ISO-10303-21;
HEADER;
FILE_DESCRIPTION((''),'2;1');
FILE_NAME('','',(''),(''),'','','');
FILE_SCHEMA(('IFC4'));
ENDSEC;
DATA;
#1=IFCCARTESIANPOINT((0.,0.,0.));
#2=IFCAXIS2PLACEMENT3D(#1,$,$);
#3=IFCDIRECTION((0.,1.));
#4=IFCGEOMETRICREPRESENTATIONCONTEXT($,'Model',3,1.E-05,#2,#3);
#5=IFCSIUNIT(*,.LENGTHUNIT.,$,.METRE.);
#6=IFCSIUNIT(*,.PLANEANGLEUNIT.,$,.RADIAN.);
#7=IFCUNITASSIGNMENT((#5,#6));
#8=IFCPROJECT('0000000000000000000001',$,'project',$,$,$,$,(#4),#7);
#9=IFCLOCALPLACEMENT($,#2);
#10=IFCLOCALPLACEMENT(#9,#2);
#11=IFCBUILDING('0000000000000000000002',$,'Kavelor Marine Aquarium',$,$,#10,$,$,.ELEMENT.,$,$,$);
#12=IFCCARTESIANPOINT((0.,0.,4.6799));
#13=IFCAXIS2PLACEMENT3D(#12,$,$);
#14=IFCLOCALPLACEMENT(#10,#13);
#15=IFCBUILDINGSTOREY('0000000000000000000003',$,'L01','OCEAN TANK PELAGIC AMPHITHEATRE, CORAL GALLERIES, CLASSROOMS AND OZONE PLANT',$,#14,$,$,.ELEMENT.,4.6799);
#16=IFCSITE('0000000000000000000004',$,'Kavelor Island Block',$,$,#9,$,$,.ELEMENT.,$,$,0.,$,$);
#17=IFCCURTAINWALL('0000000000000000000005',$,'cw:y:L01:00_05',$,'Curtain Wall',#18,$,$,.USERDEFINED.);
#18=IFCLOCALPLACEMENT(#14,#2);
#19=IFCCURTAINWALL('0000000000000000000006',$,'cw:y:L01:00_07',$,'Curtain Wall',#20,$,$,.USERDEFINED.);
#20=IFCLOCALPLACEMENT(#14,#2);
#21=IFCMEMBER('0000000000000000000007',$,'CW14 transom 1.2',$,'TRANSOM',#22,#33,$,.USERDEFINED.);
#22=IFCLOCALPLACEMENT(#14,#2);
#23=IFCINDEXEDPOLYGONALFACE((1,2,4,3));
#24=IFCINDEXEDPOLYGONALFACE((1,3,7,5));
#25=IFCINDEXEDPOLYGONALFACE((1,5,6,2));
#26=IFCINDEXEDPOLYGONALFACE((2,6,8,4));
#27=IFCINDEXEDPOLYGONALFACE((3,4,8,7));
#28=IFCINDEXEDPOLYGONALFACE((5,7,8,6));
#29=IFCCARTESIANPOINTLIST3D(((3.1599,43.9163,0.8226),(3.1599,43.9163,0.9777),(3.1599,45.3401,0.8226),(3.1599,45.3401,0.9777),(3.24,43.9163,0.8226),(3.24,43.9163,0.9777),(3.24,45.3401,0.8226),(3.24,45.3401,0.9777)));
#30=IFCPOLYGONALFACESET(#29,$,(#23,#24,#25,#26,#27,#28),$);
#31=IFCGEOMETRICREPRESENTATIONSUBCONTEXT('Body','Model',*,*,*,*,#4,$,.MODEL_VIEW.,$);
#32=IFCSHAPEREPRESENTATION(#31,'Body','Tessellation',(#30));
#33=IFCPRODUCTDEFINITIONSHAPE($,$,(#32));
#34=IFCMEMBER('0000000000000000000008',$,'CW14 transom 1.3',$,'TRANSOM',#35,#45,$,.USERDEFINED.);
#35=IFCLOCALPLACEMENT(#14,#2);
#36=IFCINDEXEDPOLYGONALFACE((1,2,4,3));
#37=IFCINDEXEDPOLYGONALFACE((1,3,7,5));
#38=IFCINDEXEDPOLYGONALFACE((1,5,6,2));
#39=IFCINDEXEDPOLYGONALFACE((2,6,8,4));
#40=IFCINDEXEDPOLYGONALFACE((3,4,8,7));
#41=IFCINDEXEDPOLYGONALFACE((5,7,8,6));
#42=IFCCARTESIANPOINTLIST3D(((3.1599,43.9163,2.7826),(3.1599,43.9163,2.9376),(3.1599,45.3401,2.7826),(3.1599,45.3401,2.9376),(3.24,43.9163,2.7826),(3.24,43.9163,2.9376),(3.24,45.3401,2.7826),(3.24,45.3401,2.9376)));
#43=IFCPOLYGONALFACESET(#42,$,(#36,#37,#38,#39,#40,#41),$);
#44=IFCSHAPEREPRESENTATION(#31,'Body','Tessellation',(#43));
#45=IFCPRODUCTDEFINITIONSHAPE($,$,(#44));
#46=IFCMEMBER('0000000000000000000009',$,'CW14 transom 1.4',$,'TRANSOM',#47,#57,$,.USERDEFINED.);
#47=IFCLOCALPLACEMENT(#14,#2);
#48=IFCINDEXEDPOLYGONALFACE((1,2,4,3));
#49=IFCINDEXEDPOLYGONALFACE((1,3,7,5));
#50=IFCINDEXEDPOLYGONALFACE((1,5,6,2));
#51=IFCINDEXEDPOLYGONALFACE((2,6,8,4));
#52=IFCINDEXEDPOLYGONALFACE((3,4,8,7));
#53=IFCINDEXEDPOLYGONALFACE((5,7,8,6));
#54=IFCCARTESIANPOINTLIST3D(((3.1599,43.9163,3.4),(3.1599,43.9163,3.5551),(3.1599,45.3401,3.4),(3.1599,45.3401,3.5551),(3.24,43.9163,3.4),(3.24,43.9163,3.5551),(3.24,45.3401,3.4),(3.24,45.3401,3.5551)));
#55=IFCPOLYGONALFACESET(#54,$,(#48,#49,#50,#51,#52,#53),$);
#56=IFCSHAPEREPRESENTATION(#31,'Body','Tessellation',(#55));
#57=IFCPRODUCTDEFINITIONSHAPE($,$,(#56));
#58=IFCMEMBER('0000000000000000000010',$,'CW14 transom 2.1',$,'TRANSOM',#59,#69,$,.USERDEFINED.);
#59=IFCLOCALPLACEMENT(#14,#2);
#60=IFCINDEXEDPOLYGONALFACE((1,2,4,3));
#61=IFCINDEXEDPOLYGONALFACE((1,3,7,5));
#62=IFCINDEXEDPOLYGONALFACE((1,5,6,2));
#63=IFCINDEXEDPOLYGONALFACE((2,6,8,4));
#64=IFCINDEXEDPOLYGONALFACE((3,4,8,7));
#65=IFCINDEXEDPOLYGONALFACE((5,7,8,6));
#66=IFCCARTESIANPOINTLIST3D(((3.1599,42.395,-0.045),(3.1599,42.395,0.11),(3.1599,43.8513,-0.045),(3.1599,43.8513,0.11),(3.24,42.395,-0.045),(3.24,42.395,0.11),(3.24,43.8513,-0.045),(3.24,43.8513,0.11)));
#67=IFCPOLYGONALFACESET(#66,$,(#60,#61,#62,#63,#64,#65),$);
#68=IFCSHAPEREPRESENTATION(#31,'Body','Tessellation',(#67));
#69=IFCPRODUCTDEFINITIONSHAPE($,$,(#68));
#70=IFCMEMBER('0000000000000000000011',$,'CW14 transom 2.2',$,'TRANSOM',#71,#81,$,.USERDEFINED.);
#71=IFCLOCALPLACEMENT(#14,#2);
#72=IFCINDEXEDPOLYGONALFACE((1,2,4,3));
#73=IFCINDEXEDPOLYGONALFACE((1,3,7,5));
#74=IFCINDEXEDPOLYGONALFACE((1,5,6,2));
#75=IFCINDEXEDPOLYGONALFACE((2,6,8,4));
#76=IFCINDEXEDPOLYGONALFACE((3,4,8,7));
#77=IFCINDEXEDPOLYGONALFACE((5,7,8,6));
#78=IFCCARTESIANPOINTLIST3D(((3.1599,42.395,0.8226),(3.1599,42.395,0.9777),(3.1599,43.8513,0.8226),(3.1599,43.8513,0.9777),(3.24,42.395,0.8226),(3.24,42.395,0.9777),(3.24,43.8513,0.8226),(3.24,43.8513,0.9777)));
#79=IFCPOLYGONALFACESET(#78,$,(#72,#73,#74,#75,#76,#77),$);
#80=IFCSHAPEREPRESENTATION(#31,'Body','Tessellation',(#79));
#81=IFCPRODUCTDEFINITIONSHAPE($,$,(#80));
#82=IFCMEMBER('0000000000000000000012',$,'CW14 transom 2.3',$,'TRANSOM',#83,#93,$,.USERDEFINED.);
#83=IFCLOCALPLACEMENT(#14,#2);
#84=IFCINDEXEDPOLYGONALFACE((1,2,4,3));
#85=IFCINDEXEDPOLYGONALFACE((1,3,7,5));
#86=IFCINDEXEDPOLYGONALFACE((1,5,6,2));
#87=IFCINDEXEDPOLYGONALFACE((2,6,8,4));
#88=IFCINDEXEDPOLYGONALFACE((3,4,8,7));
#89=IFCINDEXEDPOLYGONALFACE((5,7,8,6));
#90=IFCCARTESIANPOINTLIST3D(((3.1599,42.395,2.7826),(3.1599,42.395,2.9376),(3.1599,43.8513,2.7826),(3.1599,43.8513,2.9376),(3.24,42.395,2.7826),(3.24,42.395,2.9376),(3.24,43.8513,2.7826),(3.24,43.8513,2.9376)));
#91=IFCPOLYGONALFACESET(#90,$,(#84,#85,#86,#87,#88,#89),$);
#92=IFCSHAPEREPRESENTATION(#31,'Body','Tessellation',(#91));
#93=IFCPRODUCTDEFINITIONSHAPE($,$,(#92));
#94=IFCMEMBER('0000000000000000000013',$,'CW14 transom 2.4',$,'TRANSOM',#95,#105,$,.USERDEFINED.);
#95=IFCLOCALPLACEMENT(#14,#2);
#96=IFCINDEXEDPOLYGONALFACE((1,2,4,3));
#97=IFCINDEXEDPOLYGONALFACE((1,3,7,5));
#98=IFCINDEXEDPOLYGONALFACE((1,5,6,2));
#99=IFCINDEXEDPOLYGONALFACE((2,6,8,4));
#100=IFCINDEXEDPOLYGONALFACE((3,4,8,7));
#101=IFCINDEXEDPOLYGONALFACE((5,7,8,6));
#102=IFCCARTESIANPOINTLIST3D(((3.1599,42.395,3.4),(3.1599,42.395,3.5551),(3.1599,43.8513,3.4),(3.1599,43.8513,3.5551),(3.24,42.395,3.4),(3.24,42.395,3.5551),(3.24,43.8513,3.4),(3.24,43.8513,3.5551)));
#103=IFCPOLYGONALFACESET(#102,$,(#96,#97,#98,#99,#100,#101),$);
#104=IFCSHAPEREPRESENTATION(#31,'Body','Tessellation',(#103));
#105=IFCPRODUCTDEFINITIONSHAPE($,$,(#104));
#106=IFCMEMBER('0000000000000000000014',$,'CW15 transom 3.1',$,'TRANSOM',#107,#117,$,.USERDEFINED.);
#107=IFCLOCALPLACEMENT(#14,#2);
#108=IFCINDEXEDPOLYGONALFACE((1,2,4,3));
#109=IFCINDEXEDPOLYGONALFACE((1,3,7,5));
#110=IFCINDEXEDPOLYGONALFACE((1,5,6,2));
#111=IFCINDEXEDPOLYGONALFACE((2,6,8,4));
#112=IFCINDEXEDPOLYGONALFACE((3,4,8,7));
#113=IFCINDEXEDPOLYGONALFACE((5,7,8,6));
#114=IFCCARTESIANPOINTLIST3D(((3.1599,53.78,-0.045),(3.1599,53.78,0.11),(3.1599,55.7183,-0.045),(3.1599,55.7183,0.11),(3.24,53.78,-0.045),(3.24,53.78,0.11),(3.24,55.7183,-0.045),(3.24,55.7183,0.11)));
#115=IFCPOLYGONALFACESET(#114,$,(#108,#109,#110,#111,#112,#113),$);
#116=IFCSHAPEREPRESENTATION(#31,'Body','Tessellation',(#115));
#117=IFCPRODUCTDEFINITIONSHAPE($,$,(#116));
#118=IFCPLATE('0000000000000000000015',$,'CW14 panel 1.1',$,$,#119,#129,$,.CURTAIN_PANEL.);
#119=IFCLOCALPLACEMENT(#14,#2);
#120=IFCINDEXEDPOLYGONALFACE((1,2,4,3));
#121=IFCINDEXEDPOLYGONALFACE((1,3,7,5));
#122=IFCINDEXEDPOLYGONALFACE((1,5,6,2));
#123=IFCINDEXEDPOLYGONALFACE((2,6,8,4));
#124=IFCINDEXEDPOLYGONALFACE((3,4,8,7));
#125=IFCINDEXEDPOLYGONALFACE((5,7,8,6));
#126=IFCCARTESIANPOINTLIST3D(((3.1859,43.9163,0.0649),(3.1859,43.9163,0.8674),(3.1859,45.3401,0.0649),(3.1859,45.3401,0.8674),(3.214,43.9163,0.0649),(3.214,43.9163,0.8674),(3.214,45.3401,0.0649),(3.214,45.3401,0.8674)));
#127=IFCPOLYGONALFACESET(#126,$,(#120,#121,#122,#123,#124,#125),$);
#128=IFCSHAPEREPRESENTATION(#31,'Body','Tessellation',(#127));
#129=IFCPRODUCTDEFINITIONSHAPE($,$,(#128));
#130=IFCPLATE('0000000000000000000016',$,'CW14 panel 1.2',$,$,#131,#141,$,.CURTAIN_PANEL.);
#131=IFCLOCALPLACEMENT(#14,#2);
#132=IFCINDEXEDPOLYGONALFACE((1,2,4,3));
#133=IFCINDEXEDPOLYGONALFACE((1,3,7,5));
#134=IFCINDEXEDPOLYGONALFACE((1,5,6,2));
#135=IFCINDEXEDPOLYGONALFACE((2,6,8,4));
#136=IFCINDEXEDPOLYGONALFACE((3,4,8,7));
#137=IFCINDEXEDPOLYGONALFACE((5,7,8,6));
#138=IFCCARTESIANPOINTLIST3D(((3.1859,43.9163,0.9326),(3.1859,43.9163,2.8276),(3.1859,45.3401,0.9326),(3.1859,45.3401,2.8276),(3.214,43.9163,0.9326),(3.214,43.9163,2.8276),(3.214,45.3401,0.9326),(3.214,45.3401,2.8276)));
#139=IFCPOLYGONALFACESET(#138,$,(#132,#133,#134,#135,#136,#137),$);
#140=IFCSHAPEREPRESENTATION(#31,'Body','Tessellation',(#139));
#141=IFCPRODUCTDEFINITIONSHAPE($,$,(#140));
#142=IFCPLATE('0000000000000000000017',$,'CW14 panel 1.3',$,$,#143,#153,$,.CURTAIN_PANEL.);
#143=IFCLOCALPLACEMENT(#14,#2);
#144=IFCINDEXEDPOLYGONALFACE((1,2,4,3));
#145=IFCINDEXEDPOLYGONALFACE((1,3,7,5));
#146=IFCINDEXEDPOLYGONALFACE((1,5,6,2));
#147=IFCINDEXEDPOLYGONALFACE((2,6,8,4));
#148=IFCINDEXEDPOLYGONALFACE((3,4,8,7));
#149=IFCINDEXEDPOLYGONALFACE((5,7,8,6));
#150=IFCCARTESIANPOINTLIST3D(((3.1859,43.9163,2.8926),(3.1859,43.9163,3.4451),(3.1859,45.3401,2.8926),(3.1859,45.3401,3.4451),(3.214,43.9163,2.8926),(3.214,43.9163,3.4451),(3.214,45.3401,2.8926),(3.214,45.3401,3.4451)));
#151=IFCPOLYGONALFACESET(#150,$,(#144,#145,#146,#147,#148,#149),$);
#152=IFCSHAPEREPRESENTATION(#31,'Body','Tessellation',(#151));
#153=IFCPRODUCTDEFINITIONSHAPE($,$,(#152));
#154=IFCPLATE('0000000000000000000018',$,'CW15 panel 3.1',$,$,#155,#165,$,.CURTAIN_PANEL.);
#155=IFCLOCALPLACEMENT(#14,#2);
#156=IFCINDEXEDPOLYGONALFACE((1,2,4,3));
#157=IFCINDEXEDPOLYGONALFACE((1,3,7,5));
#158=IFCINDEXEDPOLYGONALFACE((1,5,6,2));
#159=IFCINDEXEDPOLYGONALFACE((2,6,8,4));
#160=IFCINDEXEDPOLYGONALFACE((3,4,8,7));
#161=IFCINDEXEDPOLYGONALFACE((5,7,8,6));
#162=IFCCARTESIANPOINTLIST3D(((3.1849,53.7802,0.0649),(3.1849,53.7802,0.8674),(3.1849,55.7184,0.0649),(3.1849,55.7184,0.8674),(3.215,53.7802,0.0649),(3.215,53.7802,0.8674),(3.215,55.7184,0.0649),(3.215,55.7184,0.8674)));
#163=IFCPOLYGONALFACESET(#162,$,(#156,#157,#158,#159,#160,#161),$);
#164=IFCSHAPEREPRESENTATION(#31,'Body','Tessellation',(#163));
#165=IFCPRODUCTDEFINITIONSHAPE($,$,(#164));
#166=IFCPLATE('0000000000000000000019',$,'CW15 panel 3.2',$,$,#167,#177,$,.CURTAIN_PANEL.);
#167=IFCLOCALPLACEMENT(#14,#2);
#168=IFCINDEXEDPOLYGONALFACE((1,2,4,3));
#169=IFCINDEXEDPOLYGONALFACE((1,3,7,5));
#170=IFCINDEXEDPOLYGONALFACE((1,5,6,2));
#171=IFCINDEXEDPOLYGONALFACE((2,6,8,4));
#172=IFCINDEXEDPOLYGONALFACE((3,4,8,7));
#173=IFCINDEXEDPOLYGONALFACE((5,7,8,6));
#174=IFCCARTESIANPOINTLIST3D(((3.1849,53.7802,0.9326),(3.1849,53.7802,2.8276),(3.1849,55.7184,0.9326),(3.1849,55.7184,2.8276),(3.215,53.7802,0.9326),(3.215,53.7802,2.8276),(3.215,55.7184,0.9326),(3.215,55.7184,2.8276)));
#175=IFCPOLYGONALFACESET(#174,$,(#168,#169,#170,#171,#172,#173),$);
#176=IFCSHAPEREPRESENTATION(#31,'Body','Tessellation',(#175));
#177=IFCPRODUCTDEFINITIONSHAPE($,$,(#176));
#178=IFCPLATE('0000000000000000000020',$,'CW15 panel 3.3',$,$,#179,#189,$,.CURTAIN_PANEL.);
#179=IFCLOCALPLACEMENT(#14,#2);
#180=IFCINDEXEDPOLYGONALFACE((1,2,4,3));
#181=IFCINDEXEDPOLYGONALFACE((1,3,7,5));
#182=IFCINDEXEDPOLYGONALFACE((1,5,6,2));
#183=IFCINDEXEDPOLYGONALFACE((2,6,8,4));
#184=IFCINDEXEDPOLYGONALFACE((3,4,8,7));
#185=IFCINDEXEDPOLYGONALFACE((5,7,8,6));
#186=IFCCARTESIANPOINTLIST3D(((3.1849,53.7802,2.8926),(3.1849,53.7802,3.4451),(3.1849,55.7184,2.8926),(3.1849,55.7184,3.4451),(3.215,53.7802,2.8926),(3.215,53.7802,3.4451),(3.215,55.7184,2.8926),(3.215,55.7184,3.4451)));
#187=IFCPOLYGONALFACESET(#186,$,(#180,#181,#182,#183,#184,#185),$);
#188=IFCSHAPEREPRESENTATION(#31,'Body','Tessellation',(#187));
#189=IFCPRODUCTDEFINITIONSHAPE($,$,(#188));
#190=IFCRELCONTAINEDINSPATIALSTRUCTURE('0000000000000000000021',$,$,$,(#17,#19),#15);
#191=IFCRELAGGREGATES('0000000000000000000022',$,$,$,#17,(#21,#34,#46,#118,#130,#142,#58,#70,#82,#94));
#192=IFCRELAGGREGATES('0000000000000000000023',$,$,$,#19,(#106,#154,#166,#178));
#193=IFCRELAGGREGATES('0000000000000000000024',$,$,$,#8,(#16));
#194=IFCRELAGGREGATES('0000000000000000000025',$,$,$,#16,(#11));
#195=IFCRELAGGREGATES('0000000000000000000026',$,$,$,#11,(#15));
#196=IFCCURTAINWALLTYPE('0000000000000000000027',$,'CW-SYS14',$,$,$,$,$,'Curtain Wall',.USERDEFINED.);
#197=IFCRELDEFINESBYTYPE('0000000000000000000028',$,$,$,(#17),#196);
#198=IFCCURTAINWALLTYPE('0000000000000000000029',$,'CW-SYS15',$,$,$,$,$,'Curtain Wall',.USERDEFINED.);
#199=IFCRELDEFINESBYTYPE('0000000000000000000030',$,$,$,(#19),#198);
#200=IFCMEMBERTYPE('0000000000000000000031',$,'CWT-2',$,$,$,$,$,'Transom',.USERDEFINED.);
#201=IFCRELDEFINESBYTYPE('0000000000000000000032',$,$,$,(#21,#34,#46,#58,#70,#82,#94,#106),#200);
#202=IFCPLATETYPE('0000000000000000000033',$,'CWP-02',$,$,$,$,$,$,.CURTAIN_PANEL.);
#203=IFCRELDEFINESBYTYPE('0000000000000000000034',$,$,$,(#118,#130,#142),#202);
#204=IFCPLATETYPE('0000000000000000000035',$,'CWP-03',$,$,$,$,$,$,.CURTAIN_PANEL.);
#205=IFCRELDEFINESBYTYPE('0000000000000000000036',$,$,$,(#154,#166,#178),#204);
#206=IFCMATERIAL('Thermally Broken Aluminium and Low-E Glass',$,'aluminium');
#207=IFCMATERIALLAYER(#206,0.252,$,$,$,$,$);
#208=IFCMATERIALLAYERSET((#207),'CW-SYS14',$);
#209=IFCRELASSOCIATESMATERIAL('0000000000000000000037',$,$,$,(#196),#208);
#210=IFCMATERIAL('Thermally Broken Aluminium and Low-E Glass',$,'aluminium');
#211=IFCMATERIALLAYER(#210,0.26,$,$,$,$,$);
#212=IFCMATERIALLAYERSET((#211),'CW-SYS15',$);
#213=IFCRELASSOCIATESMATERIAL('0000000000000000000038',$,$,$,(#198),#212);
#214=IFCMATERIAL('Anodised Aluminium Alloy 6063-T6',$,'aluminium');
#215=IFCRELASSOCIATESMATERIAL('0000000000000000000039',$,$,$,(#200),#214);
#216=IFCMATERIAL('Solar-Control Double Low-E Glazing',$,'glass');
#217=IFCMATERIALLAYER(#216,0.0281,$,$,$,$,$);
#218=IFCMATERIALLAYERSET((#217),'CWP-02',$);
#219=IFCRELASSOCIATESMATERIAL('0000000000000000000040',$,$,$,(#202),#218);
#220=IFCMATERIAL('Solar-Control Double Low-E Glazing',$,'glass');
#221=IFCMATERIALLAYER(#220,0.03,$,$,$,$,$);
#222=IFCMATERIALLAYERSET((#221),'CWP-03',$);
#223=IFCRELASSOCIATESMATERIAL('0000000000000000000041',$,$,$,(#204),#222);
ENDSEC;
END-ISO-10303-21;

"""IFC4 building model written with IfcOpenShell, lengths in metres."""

from ifc_helpers import new_model, si_unit, direction, frame, origin, origin_2d, place, context, subcontext, project, spatial, rectangle, extrude, material, layer, layer_set, material_profile, profile_set, type_object, element, aggregate, save


model = new_model("IFC4")

# Units and contexts
model_context = context("Model", 3, precision=1e-05, world=origin(), true_north=direction((0.0, 1.0)))
body_context = subcontext(model_context, "Body", "Model", "MODEL_VIEW")
ifc_project = project(units=[si_unit("LENGTHUNIT", "METRE"), si_unit("PLANEANGLEUNIT", "RADIAN")], contexts=[model_context])

# Site, building, storey
site_placement = place(None, origin())
site = spatial("IfcSite", under=ifc_project, at=site_placement, Name="Kavelor Island Block", CompositionType="ELEMENT", RefElevation=0.0)
building_placement = place(site_placement, origin())
building = spatial("IfcBuilding", under=site, at=building_placement, Name="Kavelor Marine Aquarium", CompositionType="ELEMENT")
storey_placement = place(building_placement, frame((0.0, 0.0, 4.6799)))
storey = spatial("IfcBuildingStorey", under=building, at=storey_placement, Name="L01", Description="OCEAN TANK PELAGIC AMPHITHEATRE, CORAL GALLERIES, CLASSROOMS AND OZONE PLANT", CompositionType="ELEMENT", Elevation=4.6799)

# Curtain wall
ifc_material_1 = material(Name="Thermally Broken Aluminium and Low-E Glass", Category="aluminium")
ifc_layer_1 = layer(ifc_material_1, 0.252)
ifc_layer_set_1 = layer_set([ifc_layer_1], Name="CW-SYS14")
curtain_wall_type_1 = type_object("IfcCurtainWallType", Name="CW-SYS14", ElementType="Curtain Wall", PredefinedType="USERDEFINED", material=ifc_layer_set_1)
curtain_wall_1_placement = place(storey_placement, origin())
curtain_wall_1 = element("IfcCurtainWall", 1, at=curtain_wall_1_placement, inside=storey, type_object=curtain_wall_type_1, Name="cw:y:L01:00_05", ObjectType="Curtain Wall", PredefinedType="USERDEFINED")

# Curtain wall
ifc_material_2 = material(Name="Thermally Broken Aluminium and Low-E Glass", Category="aluminium")
ifc_layer_2 = layer(ifc_material_2, 0.26)
ifc_layer_set_2 = layer_set([ifc_layer_2], Name="CW-SYS15")
curtain_wall_type_2 = type_object("IfcCurtainWallType", Name="CW-SYS15", ElementType="Curtain Wall", PredefinedType="USERDEFINED", material=ifc_layer_set_2)
curtain_wall_2_placement = place(storey_placement, origin())
curtain_wall_2 = element("IfcCurtainWall", 2, at=curtain_wall_2_placement, inside=storey, type_object=curtain_wall_type_2, Name="cw:y:L01:00_07", ObjectType="Curtain Wall", PredefinedType="USERDEFINED")

# Members
ifc_material_3 = material(Name="Anodised Aluminium Alloy 6063-T6", Category="aluminium")
ifc_material_profile_1 = material_profile(ifc_material_3, rectangle(XDim=0.0801, YDim=0.155, at=origin_2d()), Name="CW-TRN 80x155")
ifc_profile_set_1 = profile_set([ifc_material_profile_1], Name="Anodised Aluminium Alloy 6063-T6")
member_type_1 = type_object("IfcMemberType", Name="CWT-2", ElementType="Transom", PredefinedType="USERDEFINED", material=ifc_profile_set_1)
member_1_placement = place(storey_placement, frame((3.2, 45.3401, 0.9001), z_axis=(0.0, -1.0, 0.0), x_axis=(1.0, 0.0, 0.0)))
member_1 = element("IfcMember", 3, at=member_1_placement, type_object=member_type_1, Name="CW14 transom 1.2", ObjectType="TRANSOM", PredefinedType="USERDEFINED", context=body_context, shape_type="SweptSolid", body=[
    extrude(rectangle(XDim=0.0801, YDim=0.155, at=origin_2d()), origin(), (0.0, 0.0, 1.0), 1.4238),
])
member_2_placement = place(storey_placement, frame((3.2, 45.3401, 2.8601), z_axis=(0.0, -1.0, 0.0), x_axis=(1.0, 0.0, 0.0)))
member_2 = element("IfcMember", 4, at=member_2_placement, type_object=member_type_1, Name="CW14 transom 1.3", ObjectType="TRANSOM", PredefinedType="USERDEFINED", context=body_context, shape_type="SweptSolid", body=[
    extrude(rectangle(XDim=0.0801, YDim=0.155, at=origin_2d()), origin(), (0.0, 0.0, 1.0), 1.4238),
])
member_3_placement = place(storey_placement, frame((3.2, 45.3401, 3.4775), z_axis=(0.0, -1.0, 0.0), x_axis=(1.0, 0.0, 0.0)))
member_3 = element("IfcMember", 5, at=member_3_placement, type_object=member_type_1, Name="CW14 transom 1.4", ObjectType="TRANSOM", PredefinedType="USERDEFINED", context=body_context, shape_type="SweptSolid", body=[
    extrude(rectangle(XDim=0.0801, YDim=0.155, at=origin_2d()), origin(), (0.0, 0.0, 1.0), 1.4238),
])
member_4_placement = place(storey_placement, frame((3.2, 43.8513, 0.0325), z_axis=(0.0, -1.0, 0.0), x_axis=(1.0, 0.0, 0.0)))
member_4 = element("IfcMember", 6, at=member_4_placement, type_object=member_type_1, Name="CW14 transom 2.1", ObjectType="TRANSOM", PredefinedType="USERDEFINED", context=body_context, shape_type="SweptSolid", body=[
    extrude(rectangle(XDim=0.0801, YDim=0.155, at=origin_2d()), origin(), (0.0, 0.0, 1.0), 1.4563),
])
member_5_placement = place(storey_placement, frame((3.2, 43.8513, 0.9001), z_axis=(0.0, -1.0, 0.0), x_axis=(1.0, 0.0, 0.0)))
member_5 = element("IfcMember", 7, at=member_5_placement, type_object=member_type_1, Name="CW14 transom 2.2", ObjectType="TRANSOM", PredefinedType="USERDEFINED", context=body_context, shape_type="SweptSolid", body=[
    extrude(rectangle(XDim=0.0801, YDim=0.155, at=origin_2d()), origin(), (0.0, 0.0, 1.0), 1.4563),
])
member_6_placement = place(storey_placement, frame((3.2, 43.8513, 2.8601), z_axis=(0.0, -1.0, 0.0), x_axis=(1.0, 0.0, 0.0)))
member_6 = element("IfcMember", 8, at=member_6_placement, type_object=member_type_1, Name="CW14 transom 2.3", ObjectType="TRANSOM", PredefinedType="USERDEFINED", context=body_context, shape_type="SweptSolid", body=[
    extrude(rectangle(XDim=0.0801, YDim=0.155, at=origin_2d()), origin(), (0.0, 0.0, 1.0), 1.4563),
])
member_7_placement = place(storey_placement, frame((3.2, 43.8513, 3.4775), z_axis=(0.0, -1.0, 0.0), x_axis=(1.0, 0.0, 0.0)))
member_7 = element("IfcMember", 9, at=member_7_placement, type_object=member_type_1, Name="CW14 transom 2.4", ObjectType="TRANSOM", PredefinedType="USERDEFINED", context=body_context, shape_type="SweptSolid", body=[
    extrude(rectangle(XDim=0.0801, YDim=0.155, at=origin_2d()), origin(), (0.0, 0.0, 1.0), 1.4563),
])
member_8_placement = place(storey_placement, frame((3.2, 55.7183, 0.0325), z_axis=(0.0, -1.0, 0.0), x_axis=(1.0, 0.0, 0.0)))
member_8 = element("IfcMember", 10, at=member_8_placement, type_object=member_type_1, Name="CW15 transom 3.1", ObjectType="TRANSOM", PredefinedType="USERDEFINED", context=body_context, shape_type="SweptSolid", body=[
    extrude(rectangle(XDim=0.0801, YDim=0.155, at=origin_2d()), origin(), (0.0, 0.0, 1.0), 1.9382),
])

# Plates
ifc_material_4 = material(Name="Solar-Control Double Low-E Glazing", Category="glass")
ifc_layer_3 = layer(ifc_material_4, 0.0281)
ifc_layer_set_3 = layer_set([ifc_layer_3], Name="CWP-02")
plate_type_1 = type_object("IfcPlateType", Name="CWP-02", PredefinedType="CURTAIN_PANEL", material=ifc_layer_set_3)
plate_1_placement = place(storey_placement, frame((3.2, 44.6282, 0.0649), z_axis=(0.0, 0.0, 1.0), x_axis=(0.0, -1.0, 0.0)))
plate_1 = element("IfcPlate", 11, at=plate_1_placement, type_object=plate_type_1, Name="CW14 panel 1.1", PredefinedType="CURTAIN_PANEL", context=body_context, shape_type="SweptSolid", body=[
    extrude(rectangle(XDim=1.4238, YDim=0.0281, at=origin_2d()), origin(), (0.0, 0.0, 1.0), 0.8025),
])
plate_2_placement = place(storey_placement, frame((3.2, 44.6282, 0.9326), z_axis=(0.0, 0.0, 1.0), x_axis=(0.0, -1.0, 0.0)))
plate_2 = element("IfcPlate", 12, at=plate_2_placement, type_object=plate_type_1, Name="CW14 panel 1.2", PredefinedType="CURTAIN_PANEL", context=body_context, shape_type="SweptSolid", body=[
    extrude(rectangle(XDim=1.4238, YDim=0.0281, at=origin_2d()), origin(), (0.0, 0.0, 1.0), 1.895),
])
plate_3_placement = place(storey_placement, frame((3.2, 44.6282, 2.8926), z_axis=(0.0, 0.0, 1.0), x_axis=(0.0, -1.0, 0.0)))
plate_3 = element("IfcPlate", 13, at=plate_3_placement, type_object=plate_type_1, Name="CW14 panel 1.3", PredefinedType="CURTAIN_PANEL", context=body_context, shape_type="SweptSolid", body=[
    extrude(rectangle(XDim=1.4238, YDim=0.0281, at=origin_2d()), origin(), (0.0, 0.0, 1.0), 0.5525),
])
aggregate(curtain_wall_1, [member_1, member_2, member_3, plate_1, plate_2, plate_3, member_4, member_5, member_6, member_7])
ifc_material_5 = material(Name="Solar-Control Double Low-E Glazing", Category="glass")
ifc_layer_4 = layer(ifc_material_5, 0.03)
ifc_layer_set_4 = layer_set([ifc_layer_4], Name="CWP-03")
plate_type_2 = type_object("IfcPlateType", Name="CWP-03", PredefinedType="CURTAIN_PANEL", material=ifc_layer_set_4)
plate_4_placement = place(storey_placement, frame((3.2, 54.7493, 0.0649), z_axis=(0.0, 0.0, 1.0), x_axis=(0.0, -1.0, 0.0)))
plate_4 = element("IfcPlate", 14, at=plate_4_placement, type_object=plate_type_2, Name="CW15 panel 3.1", PredefinedType="CURTAIN_PANEL", context=body_context, shape_type="SweptSolid", body=[
    extrude(rectangle(XDim=1.9382, YDim=0.03, at=origin_2d()), origin(), (0.0, 0.0, 1.0), 0.8025),
])
plate_5_placement = place(storey_placement, frame((3.2, 54.7493, 0.9326), z_axis=(0.0, 0.0, 1.0), x_axis=(0.0, -1.0, 0.0)))
plate_5 = element("IfcPlate", 15, at=plate_5_placement, type_object=plate_type_2, Name="CW15 panel 3.2", PredefinedType="CURTAIN_PANEL", context=body_context, shape_type="SweptSolid", body=[
    extrude(rectangle(XDim=1.9382, YDim=0.03, at=origin_2d()), origin(), (0.0, 0.0, 1.0), 1.895),
])
plate_6_placement = place(storey_placement, frame((3.2, 54.7493, 2.8926), z_axis=(0.0, 0.0, 1.0), x_axis=(0.0, -1.0, 0.0)))
plate_6 = element("IfcPlate", 16, at=plate_6_placement, type_object=plate_type_2, Name="CW15 panel 3.3", PredefinedType="CURTAIN_PANEL", context=body_context, shape_type="SweptSolid", body=[
    extrude(rectangle(XDim=1.9382, YDim=0.03, at=origin_2d()), origin(), (0.0, 0.0, 1.0), 0.5525),
])
aggregate(curtain_wall_2, [member_8, plate_4, plate_5, plate_6])

save(model, "model.ifc")
